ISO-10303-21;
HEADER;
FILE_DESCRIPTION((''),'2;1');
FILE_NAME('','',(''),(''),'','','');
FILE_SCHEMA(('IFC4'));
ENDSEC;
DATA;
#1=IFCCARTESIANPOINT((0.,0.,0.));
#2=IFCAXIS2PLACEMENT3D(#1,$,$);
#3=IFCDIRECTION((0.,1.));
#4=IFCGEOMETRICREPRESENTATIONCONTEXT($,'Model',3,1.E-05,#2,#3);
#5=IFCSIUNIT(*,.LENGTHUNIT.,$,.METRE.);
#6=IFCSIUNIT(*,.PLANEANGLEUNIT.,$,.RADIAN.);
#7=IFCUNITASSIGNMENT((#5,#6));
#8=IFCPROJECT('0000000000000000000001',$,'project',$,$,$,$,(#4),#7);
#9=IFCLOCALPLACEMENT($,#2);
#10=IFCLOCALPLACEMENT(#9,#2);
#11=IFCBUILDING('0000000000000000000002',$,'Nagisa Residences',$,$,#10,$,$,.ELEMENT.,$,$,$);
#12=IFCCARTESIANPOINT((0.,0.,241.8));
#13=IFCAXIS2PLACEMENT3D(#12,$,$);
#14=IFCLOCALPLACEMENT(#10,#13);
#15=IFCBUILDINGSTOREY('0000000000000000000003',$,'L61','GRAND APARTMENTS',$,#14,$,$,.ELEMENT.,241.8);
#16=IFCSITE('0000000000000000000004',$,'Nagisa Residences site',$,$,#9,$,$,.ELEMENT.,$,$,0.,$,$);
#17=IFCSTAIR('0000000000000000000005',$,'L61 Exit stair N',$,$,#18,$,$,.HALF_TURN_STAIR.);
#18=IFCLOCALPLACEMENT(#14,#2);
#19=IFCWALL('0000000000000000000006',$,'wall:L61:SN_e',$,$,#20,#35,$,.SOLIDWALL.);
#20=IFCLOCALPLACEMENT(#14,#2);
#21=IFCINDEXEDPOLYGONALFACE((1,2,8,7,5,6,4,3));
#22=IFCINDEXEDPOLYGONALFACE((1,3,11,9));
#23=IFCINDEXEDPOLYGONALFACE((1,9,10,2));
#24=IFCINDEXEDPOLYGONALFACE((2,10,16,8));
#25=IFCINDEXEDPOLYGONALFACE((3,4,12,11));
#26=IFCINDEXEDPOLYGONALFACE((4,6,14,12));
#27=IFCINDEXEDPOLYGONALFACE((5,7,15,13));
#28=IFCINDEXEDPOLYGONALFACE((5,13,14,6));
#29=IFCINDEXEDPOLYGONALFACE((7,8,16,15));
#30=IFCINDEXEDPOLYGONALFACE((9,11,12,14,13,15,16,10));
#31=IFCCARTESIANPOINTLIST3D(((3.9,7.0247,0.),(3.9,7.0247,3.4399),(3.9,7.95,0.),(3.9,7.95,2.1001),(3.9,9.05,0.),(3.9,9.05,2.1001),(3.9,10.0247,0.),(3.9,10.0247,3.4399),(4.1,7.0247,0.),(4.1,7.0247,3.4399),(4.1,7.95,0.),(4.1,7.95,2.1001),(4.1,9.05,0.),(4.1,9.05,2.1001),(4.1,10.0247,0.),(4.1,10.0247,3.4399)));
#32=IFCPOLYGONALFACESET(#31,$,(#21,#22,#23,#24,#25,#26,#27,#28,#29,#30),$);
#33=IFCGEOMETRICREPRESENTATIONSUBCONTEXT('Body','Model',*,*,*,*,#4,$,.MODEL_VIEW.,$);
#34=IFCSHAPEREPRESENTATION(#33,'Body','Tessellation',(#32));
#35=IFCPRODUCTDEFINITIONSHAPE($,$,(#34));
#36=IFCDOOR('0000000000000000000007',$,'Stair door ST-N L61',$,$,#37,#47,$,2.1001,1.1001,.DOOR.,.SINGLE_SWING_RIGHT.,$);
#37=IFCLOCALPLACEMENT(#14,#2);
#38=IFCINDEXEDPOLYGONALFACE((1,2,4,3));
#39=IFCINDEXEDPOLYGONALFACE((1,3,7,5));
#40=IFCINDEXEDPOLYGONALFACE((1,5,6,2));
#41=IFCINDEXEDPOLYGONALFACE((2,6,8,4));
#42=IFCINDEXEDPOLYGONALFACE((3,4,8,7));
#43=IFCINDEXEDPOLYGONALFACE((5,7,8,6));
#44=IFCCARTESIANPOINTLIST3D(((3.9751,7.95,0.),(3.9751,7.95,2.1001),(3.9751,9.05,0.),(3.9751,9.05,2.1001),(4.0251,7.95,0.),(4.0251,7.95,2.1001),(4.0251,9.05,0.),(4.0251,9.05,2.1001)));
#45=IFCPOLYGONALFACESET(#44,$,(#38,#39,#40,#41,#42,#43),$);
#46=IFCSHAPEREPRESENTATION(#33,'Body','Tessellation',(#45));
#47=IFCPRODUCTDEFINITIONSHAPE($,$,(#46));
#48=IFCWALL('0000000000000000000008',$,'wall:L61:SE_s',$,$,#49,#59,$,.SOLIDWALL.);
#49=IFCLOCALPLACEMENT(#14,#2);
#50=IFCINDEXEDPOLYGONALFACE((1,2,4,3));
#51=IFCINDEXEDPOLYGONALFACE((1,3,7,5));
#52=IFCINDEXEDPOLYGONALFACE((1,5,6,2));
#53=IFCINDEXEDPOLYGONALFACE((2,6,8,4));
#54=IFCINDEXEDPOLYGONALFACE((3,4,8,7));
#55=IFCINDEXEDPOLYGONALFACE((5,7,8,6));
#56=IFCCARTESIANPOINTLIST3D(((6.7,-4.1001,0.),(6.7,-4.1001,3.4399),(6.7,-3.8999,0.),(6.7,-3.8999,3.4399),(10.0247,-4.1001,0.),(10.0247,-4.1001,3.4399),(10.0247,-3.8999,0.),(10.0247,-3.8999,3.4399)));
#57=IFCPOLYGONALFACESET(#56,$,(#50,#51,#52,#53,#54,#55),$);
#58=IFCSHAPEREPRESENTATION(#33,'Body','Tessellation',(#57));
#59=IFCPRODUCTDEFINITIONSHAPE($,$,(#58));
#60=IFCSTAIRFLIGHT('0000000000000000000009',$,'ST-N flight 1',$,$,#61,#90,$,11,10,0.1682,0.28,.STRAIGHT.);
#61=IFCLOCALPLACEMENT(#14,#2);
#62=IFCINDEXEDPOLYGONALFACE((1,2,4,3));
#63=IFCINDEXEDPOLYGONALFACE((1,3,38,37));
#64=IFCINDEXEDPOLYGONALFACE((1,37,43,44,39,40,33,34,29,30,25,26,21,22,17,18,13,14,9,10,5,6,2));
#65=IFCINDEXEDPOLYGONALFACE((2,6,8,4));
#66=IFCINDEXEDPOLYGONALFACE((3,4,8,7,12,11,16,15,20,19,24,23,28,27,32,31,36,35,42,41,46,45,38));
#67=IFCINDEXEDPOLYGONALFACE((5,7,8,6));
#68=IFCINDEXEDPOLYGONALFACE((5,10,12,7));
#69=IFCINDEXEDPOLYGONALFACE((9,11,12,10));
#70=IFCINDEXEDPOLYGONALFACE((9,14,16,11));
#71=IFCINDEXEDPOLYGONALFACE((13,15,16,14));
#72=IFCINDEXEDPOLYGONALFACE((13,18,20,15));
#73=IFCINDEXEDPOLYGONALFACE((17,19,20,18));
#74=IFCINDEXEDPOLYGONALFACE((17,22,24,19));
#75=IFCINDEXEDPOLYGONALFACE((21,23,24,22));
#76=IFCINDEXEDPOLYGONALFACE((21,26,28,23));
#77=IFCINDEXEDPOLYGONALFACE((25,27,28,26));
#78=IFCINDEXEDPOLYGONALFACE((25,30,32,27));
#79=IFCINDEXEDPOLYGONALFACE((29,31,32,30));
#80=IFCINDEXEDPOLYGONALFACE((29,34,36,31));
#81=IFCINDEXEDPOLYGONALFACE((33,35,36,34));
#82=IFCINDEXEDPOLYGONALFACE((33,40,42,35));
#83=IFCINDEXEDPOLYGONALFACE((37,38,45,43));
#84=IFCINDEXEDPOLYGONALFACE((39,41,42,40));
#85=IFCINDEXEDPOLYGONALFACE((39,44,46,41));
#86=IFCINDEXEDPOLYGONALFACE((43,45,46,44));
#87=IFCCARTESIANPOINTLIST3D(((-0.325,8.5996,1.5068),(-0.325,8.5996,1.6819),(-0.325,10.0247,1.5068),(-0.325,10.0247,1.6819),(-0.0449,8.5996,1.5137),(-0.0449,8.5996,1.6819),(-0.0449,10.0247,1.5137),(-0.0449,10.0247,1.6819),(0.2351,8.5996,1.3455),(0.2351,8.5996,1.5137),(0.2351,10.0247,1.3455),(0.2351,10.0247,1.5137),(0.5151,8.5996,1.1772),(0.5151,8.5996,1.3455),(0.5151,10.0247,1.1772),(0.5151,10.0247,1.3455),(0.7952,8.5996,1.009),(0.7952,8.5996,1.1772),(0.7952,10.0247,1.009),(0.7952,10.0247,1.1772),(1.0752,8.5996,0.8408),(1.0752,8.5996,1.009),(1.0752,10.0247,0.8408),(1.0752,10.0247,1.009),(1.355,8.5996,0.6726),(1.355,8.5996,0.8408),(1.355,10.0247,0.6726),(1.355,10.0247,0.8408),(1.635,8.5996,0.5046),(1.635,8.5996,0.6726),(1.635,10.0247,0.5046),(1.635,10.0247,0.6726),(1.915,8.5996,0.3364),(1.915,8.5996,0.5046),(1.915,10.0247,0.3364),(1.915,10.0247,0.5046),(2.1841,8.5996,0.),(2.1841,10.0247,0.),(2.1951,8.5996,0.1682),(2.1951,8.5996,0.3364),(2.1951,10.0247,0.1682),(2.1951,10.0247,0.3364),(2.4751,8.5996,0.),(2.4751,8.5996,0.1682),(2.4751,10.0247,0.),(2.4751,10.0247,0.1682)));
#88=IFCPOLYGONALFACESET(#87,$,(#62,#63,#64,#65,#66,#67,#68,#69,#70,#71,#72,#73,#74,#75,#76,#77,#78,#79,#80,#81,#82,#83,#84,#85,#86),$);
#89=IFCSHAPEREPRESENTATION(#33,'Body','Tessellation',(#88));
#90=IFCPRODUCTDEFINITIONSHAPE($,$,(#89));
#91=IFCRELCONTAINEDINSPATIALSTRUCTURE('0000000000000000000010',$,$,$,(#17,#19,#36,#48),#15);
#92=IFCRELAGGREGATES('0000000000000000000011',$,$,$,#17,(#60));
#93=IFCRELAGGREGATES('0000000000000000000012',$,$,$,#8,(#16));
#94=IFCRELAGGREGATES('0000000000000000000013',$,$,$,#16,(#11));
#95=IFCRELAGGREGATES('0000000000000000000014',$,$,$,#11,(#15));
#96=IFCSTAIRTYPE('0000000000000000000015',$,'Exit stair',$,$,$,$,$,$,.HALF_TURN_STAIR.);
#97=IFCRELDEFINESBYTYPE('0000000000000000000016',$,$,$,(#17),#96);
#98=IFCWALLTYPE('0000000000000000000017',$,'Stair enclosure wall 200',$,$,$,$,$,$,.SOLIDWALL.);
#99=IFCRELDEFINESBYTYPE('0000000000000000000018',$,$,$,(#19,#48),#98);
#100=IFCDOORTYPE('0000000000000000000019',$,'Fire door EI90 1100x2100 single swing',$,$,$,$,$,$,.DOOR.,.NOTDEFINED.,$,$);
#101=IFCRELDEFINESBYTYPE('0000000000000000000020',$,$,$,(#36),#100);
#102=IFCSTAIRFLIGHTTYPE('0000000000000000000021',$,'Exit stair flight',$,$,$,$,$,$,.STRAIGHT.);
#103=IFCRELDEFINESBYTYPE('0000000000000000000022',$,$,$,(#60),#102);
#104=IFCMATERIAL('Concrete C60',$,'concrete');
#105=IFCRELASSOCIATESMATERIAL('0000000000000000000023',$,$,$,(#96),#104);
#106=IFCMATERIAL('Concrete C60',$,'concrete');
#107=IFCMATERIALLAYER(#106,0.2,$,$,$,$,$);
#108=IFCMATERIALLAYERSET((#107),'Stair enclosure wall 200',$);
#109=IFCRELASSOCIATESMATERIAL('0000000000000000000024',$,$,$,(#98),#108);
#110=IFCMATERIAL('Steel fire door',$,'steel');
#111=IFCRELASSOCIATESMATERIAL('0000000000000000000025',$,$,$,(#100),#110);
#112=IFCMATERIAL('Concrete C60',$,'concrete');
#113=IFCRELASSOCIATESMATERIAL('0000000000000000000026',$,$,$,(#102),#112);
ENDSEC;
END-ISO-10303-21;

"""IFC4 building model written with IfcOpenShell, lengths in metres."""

from ifc_helpers import new_model, si_unit, direction, frame, frame_2d, origin, place, context, subcontext, project, spatial, polyline, rectangle, outline, extrude, material, layer, layer_set, type_object, element, fill, aggregate, save


model = new_model("IFC4")

# Units and contexts
model_context = context("Model", 3, precision=1e-05, world=origin(), true_north=direction((0.0, 1.0)))
body_context = subcontext(model_context, "Body", "Model", "MODEL_VIEW")
ifc_project = project(units=[si_unit("LENGTHUNIT", "METRE"), si_unit("PLANEANGLEUNIT", "RADIAN")], contexts=[model_context])

# Site, building, storey
site_placement = place(None, origin())
site = spatial("IfcSite", under=ifc_project, at=site_placement, Name="Nagisa Residences site", CompositionType="ELEMENT", RefElevation=0.0)
building_placement = place(site_placement, origin())
building = spatial("IfcBuilding", under=site, at=building_placement, Name="Nagisa Residences", CompositionType="ELEMENT")
storey_placement = place(building_placement, frame((0.0, 0.0, 241.8)))
storey = spatial("IfcBuildingStorey", under=building, at=storey_placement, Name="L61", Description="GRAND APARTMENTS", CompositionType="ELEMENT", Elevation=241.8)

# Stair
ifc_material_1 = material(Name="Concrete C60", Category="concrete")
stair_type = type_object("IfcStairType", Name="Exit stair", PredefinedType="HALF_TURN_STAIR", material=ifc_material_1)
stair_1_placement = place(storey_placement, origin())
stair_1 = element("IfcStair", 1, at=stair_1_placement, inside=storey, type_object=stair_type, Name="L61 Exit stair N", PredefinedType="HALF_TURN_STAIR")

# Wall, opening, door
ifc_material_2 = material(Name="Concrete C60", Category="concrete")
ifc_layer_1 = layer(ifc_material_2, 0.2)
ifc_layer_set_1 = layer_set([ifc_layer_1], Name="Stair enclosure wall 200")
wall_type_1 = type_object("IfcWallType", Name="Stair enclosure wall 200", PredefinedType="SOLIDWALL", material=ifc_layer_set_1)
wall_1_placement = place(storey_placement, frame((4.0, 7.0247, 0.0), z_axis=(0.0, 0.0, 1.0), x_axis=(0.0, 1.0, 0.0)))
wall_1 = element("IfcWall", 2, at=wall_1_placement, inside=storey, type_object=wall_type_1, Name="wall:L61:SN_e", PredefinedType="SOLIDWALL", context=body_context, shape_type="SweptSolid", body=[
    extrude(rectangle(XDim=3.0, YDim=0.2, at=frame_2d((1.5, 0.0))), origin(), (0.0, 0.0, 1.0), 3.4399),
])
opening_1_placement = place(wall_1_placement, frame((0.9253, 0.0, 0.0)))
opening_1 = element("IfcOpeningElement", 3, at=opening_1_placement, cuts=wall_1, PredefinedType="OPENING", context=body_context, shape_type="SweptSolid", body=[
    extrude(rectangle(XDim=1.1001, YDim=2.1001, at=frame_2d((0.55, 1.05))), frame((0.0, 0.1099, 0.0), z_axis=(0.0, -1.0, 0.0), x_axis=(1.0, 0.0, 0.0)), (0.0, 0.0, 1.0), 0.22),
])
ifc_material_3 = material(Name="Steel fire door", Category="steel")
door_type_1 = type_object("IfcDoorType", Name="Fire door EI90 1100x2100 single swing", OperationType="NOTDEFINED", PredefinedType="DOOR", material=ifc_material_3)
door_1_placement = place(opening_1_placement, origin())
door_1 = element("IfcDoor", 4, at=door_1_placement, inside=storey, type_object=door_type_1, Name="Stair door ST-N L61", OperationType="SINGLE_SWING_RIGHT", OverallHeight=2.1001, OverallWidth=1.1001, PredefinedType="DOOR", context=body_context, shape_type="SweptSolid", body=[
    extrude(rectangle(XDim=1.1001, YDim=2.1001, at=frame_2d((0.55, 1.05))), frame((0.0, 0.0249, 0.0), z_axis=(0.0, -1.0, 0.0), x_axis=(1.0, 0.0, 0.0)), (0.0, 0.0, 1.0), 0.05),
])
fill(opening_1, door_1)

# Wall
wall_2_placement = place(storey_placement, origin())
element("IfcWall", 5, at=wall_2_placement, inside=storey, type_object=wall_type_1, Name="wall:L61:SE_s", PredefinedType="SOLIDWALL", context=body_context, shape_type="SweptSolid", body=[
    extrude(outline(polyline([(10.0247, -4.1001), (6.7, -4.1001), (6.7, -3.8999), (10.0247, -3.8999), (10.0247, -4.1001)])), origin(), (0.0, 0.0, 1.0), 3.4399),
])

# Stair flight
ifc_material_4 = material(Name="Concrete C60", Category="concrete")
stair_flight_type = type_object("IfcStairFlightType", Name="Exit stair flight", PredefinedType="STRAIGHT", material=ifc_material_4)
stair_flight_placement = place(storey_placement, frame((2.4751, 9.312, 0.0), z_axis=(0.0, 0.0, 1.0), x_axis=(-1.0, 0.0, 0.0)))
stair_flight = element("IfcStairFlight", 6, at=stair_flight_placement, type_object=stair_flight_type, Name="ST-N flight 1", NumberOfRisers=11, NumberOfTreads=10, PredefinedType="STRAIGHT", RiserHeight=0.1682, TreadLength=0.28, context=body_context, shape_type="SweptSolid", body=[
    extrude(outline(polyline([(0.0, 0.0), (0.0, 0.1682), (0.28, 0.1682), (0.28, 0.3364), (0.5601, 0.3364), (0.5601, 0.5046), (0.8401, 0.5046), (0.8401, 0.6726), (1.1201, 0.6726), (1.1201, 0.8408), (1.3999, 0.8408), (1.3999, 1.009), (1.6799, 1.009), (1.6799, 1.1772), (1.96, 1.1772), (1.96, 1.3455), (2.24, 1.3455), (2.24, 1.5137), (2.52, 1.5137), (2.52, 1.6819), (2.8, 1.6819), (2.8, 1.8501), (2.8, 1.5068), (0.291, 0.0), (0.0, 0.0)])), frame((0.0, 0.7124, 0.0), z_axis=(0.0, -1.0, 0.0), x_axis=(1.0, 0.0, 0.0)), (0.0, 0.0, 1.0), 1.425),
])
aggregate(stair_1, [stair_flight])

save(model, "model.ifc")
